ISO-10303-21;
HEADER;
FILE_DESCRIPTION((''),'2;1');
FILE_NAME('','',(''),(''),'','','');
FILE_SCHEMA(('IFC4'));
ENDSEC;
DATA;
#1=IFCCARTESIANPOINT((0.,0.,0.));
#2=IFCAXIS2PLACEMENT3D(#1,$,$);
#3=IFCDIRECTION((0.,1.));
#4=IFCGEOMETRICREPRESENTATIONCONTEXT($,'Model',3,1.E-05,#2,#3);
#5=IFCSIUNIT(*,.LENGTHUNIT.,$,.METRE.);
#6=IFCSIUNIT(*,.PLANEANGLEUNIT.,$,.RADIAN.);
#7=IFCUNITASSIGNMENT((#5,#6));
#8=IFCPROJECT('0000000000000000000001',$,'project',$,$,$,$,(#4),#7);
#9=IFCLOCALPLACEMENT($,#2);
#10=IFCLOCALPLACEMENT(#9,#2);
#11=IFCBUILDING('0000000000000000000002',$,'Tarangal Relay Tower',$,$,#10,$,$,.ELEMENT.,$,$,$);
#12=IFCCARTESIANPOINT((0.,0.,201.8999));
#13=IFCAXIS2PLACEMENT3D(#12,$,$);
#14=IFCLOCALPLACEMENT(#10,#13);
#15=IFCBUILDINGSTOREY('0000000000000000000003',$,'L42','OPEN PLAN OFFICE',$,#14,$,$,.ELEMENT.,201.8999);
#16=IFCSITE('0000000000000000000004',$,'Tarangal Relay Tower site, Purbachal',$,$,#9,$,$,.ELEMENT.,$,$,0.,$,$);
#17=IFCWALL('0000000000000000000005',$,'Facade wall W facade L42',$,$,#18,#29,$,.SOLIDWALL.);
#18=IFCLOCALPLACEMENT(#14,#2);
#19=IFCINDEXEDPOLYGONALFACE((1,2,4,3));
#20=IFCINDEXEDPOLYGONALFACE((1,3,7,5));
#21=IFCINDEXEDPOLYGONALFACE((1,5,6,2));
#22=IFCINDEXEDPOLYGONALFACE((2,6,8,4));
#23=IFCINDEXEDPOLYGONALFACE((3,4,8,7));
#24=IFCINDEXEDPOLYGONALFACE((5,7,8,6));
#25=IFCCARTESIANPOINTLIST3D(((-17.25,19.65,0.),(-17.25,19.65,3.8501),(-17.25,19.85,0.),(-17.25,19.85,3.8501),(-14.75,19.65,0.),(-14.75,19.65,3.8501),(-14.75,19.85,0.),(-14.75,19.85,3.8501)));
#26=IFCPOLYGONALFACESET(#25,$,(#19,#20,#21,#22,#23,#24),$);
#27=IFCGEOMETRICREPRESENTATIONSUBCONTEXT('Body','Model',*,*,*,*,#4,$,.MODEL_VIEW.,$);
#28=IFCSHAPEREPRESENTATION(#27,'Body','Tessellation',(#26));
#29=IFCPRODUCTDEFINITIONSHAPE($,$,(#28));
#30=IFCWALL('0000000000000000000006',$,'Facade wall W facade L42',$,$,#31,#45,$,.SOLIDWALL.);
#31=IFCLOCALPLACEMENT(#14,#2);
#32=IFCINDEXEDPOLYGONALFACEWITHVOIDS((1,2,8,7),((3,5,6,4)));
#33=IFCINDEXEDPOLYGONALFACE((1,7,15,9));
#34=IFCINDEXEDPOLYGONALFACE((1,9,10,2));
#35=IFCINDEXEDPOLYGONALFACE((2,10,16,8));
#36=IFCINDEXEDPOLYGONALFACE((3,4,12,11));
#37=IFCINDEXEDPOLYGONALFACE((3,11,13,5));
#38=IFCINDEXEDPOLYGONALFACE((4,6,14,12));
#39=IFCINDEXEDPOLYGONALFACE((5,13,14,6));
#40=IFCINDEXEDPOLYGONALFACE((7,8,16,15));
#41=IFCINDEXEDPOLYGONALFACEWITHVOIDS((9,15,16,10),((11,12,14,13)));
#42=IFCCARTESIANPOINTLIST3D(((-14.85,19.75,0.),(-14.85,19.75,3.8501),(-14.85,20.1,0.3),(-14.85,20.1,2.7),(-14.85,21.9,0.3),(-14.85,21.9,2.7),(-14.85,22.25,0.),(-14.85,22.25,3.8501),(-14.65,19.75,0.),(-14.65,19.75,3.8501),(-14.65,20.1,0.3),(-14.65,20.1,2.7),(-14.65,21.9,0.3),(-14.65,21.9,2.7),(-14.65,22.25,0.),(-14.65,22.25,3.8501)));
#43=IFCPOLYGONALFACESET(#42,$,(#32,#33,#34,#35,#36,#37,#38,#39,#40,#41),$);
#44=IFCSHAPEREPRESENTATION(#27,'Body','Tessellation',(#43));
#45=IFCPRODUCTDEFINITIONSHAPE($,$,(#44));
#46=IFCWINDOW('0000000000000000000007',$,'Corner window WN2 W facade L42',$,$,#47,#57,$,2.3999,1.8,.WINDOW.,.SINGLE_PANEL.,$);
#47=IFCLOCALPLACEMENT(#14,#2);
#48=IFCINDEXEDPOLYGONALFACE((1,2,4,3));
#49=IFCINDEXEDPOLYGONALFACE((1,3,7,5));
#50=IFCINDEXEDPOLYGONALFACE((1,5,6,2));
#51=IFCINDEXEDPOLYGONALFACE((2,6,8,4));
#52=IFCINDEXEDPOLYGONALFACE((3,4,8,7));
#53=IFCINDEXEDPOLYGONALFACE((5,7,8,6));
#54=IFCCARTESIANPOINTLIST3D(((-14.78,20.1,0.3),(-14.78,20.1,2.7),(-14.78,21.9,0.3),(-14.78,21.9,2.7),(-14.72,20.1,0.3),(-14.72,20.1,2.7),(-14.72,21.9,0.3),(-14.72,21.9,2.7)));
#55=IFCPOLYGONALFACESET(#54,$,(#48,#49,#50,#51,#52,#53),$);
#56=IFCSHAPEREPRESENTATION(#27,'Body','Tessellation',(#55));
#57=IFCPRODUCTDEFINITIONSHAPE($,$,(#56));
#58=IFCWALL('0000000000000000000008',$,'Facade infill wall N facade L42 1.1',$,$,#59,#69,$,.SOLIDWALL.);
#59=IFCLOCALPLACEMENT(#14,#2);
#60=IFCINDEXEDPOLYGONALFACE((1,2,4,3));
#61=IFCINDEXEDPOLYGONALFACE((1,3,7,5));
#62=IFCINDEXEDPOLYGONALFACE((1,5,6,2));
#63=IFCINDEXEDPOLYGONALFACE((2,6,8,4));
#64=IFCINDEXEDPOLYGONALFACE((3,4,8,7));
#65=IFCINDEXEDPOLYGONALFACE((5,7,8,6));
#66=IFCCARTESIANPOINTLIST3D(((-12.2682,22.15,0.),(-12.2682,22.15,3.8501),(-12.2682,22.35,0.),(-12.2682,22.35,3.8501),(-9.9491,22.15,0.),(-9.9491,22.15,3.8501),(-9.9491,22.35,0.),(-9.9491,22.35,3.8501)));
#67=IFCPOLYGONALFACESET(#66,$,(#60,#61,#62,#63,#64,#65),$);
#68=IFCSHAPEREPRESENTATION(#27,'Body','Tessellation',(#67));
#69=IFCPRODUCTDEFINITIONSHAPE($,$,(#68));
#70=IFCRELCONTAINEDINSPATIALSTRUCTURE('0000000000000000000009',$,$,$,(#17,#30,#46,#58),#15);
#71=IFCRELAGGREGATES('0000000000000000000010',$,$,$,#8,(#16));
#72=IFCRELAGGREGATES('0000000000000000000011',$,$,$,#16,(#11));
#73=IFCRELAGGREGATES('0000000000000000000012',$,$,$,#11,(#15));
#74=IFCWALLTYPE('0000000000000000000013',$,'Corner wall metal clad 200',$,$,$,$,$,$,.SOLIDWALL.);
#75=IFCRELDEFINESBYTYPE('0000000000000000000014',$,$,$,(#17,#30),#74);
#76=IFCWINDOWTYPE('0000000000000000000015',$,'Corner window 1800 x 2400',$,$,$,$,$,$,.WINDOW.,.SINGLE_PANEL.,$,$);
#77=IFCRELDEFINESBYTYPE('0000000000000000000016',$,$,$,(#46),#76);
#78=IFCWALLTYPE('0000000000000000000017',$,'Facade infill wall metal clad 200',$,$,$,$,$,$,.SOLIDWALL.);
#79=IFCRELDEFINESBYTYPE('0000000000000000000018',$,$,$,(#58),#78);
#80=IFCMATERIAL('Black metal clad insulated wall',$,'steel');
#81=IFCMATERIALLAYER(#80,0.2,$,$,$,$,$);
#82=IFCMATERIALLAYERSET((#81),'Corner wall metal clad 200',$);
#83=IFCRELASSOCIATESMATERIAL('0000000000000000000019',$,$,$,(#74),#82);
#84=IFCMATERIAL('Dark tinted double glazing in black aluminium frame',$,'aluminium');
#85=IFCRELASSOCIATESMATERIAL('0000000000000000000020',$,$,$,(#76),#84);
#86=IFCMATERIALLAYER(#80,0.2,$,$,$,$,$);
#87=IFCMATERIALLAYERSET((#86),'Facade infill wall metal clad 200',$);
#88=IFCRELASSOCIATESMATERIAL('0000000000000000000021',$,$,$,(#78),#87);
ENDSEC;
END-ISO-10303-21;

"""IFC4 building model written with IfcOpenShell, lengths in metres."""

from ifc_helpers import new_model, si_unit, direction, frame, frame_2d, origin, place, context, subcontext, project, spatial, rectangle, extrude, material, layer, layer_set, type_object, element, fill, save


model = new_model("IFC4")

# Units and contexts
model_context = context("Model", 3, precision=1e-05, world=origin(), true_north=direction((0.0, 1.0)))
body_context = subcontext(model_context, "Body", "Model", "MODEL_VIEW")
ifc_project = project(units=[si_unit("LENGTHUNIT", "METRE"), si_unit("PLANEANGLEUNIT", "RADIAN")], contexts=[model_context])

# Site, building, storey
site_placement = place(None, origin())
site = spatial("IfcSite", under=ifc_project, at=site_placement, Name="Tarangal Relay Tower site, Purbachal", CompositionType="ELEMENT", RefElevation=0.0)
building_placement = place(site_placement, origin())
building = spatial("IfcBuilding", under=site, at=building_placement, Name="Tarangal Relay Tower", CompositionType="ELEMENT")
storey_placement = place(building_placement, frame((0.0, 0.0, 201.8999)))
storey = spatial("IfcBuildingStorey", under=building, at=storey_placement, Name="L42", Description="OPEN PLAN OFFICE", CompositionType="ELEMENT", Elevation=201.8999)

# Shared definitions
ifc_material_1 = material(Name="Black metal clad insulated wall", Category="steel")
ifc_layer_1 = layer(ifc_material_1, 0.2)
ifc_layer_set_1 = layer_set([ifc_layer_1], Name="Corner wall metal clad 200")
wall_type_1 = type_object("IfcWallType", Name="Corner wall metal clad 200", PredefinedType="SOLIDWALL", material=ifc_layer_set_1)

# Shared definitions
ifc_material_2 = material(Name="Dark tinted double glazing in black aluminium frame", Category="aluminium")
window_type = type_object("IfcWindowType", Name="Corner window 1800 x 2400", PartitioningType="SINGLE_PANEL", PredefinedType="WINDOW", material=ifc_material_2)

# Wall
wall_1_placement = place(storey_placement, frame((-17.25, 19.75, 0.0), z_axis=(0.0, 0.0, 1.0), x_axis=(1.0, 0.0, 0.0)))
element("IfcWall", 1, at=wall_1_placement, inside=storey, type_object=wall_type_1, Name="Facade wall W facade L42", PredefinedType="SOLIDWALL", context=body_context, shape_type="SweptSolid", body=[
    extrude(rectangle(XDim=2.5, YDim=0.2, at=frame_2d((1.25, 0.0))), origin(), (0.0, 0.0, 1.0), 3.8501),
])

# Wall, opening, window
wall_2_placement = place(storey_placement, frame((-14.75, 19.75, 0.0), z_axis=(0.0, 0.0, 1.0), x_axis=(0.0, 1.0, 0.0)))
wall_2 = element("IfcWall", 2, at=wall_2_placement, inside=storey, type_object=wall_type_1, Name="Facade wall W facade L42", PredefinedType="SOLIDWALL", context=body_context, shape_type="SweptSolid", body=[
    extrude(rectangle(XDim=2.5, YDim=0.2, at=frame_2d((1.25, 0.0))), origin(), (0.0, 0.0, 1.0), 3.8501),
])
opening_1_placement = place(wall_2_placement, frame((0.3501, 0.0, 0.3)))
opening_1 = element("IfcOpeningElement", 3, at=opening_1_placement, cuts=wall_2, PredefinedType="OPENING", context=body_context, shape_type="SweptSolid", body=[
    extrude(rectangle(XDim=1.8, YDim=2.3999, at=frame_2d((0.8999, 1.2))), frame((0.0, 0.1099, 0.0), z_axis=(0.0, -1.0, 0.0), x_axis=(1.0, 0.0, 0.0)), (0.0, 0.0, 1.0), 0.22),
])
window_1_placement = place(opening_1_placement, origin())
window_1 = element("IfcWindow", 4, at=window_1_placement, inside=storey, type_object=window_type, Name="Corner window WN2 W facade L42", OverallHeight=2.3999, OverallWidth=1.8, PartitioningType="SINGLE_PANEL", PredefinedType="WINDOW", context=body_context, shape_type="SweptSolid", body=[
    extrude(rectangle(XDim=1.8, YDim=2.3999, at=frame_2d((0.8999, 1.2))), frame((0.0, 0.03, 0.0), z_axis=(0.0, -1.0, 0.0), x_axis=(1.0, 0.0, 0.0)), (0.0, 0.0, 1.0), 0.0601),
])
fill(opening_1, window_1)

# Wall
ifc_layer_2 = layer(ifc_material_1, 0.2)
ifc_layer_set_2 = layer_set([ifc_layer_2], Name="Facade infill wall metal clad 200")
wall_type_2 = type_object("IfcWallType", Name="Facade infill wall metal clad 200", PredefinedType="SOLIDWALL", material=ifc_layer_set_2)
wall_3_placement = place(storey_placement, frame((-12.2683, 22.25, 0.0), z_axis=(0.0, 0.0, 1.0), x_axis=(1.0, 0.0, 0.0)))
element("IfcWall", 5, at=wall_3_placement, inside=storey, type_object=wall_type_2, Name="Facade infill wall N facade L42 1.1", PredefinedType="SOLIDWALL", context=body_context, shape_type="SweptSolid", body=[
    extrude(rectangle(XDim=2.3191, YDim=0.2, at=frame_2d((1.1597, 0.0))), origin(), (0.0, 0.0, 1.0), 3.8501),
])

save(model, "model.ifc")
